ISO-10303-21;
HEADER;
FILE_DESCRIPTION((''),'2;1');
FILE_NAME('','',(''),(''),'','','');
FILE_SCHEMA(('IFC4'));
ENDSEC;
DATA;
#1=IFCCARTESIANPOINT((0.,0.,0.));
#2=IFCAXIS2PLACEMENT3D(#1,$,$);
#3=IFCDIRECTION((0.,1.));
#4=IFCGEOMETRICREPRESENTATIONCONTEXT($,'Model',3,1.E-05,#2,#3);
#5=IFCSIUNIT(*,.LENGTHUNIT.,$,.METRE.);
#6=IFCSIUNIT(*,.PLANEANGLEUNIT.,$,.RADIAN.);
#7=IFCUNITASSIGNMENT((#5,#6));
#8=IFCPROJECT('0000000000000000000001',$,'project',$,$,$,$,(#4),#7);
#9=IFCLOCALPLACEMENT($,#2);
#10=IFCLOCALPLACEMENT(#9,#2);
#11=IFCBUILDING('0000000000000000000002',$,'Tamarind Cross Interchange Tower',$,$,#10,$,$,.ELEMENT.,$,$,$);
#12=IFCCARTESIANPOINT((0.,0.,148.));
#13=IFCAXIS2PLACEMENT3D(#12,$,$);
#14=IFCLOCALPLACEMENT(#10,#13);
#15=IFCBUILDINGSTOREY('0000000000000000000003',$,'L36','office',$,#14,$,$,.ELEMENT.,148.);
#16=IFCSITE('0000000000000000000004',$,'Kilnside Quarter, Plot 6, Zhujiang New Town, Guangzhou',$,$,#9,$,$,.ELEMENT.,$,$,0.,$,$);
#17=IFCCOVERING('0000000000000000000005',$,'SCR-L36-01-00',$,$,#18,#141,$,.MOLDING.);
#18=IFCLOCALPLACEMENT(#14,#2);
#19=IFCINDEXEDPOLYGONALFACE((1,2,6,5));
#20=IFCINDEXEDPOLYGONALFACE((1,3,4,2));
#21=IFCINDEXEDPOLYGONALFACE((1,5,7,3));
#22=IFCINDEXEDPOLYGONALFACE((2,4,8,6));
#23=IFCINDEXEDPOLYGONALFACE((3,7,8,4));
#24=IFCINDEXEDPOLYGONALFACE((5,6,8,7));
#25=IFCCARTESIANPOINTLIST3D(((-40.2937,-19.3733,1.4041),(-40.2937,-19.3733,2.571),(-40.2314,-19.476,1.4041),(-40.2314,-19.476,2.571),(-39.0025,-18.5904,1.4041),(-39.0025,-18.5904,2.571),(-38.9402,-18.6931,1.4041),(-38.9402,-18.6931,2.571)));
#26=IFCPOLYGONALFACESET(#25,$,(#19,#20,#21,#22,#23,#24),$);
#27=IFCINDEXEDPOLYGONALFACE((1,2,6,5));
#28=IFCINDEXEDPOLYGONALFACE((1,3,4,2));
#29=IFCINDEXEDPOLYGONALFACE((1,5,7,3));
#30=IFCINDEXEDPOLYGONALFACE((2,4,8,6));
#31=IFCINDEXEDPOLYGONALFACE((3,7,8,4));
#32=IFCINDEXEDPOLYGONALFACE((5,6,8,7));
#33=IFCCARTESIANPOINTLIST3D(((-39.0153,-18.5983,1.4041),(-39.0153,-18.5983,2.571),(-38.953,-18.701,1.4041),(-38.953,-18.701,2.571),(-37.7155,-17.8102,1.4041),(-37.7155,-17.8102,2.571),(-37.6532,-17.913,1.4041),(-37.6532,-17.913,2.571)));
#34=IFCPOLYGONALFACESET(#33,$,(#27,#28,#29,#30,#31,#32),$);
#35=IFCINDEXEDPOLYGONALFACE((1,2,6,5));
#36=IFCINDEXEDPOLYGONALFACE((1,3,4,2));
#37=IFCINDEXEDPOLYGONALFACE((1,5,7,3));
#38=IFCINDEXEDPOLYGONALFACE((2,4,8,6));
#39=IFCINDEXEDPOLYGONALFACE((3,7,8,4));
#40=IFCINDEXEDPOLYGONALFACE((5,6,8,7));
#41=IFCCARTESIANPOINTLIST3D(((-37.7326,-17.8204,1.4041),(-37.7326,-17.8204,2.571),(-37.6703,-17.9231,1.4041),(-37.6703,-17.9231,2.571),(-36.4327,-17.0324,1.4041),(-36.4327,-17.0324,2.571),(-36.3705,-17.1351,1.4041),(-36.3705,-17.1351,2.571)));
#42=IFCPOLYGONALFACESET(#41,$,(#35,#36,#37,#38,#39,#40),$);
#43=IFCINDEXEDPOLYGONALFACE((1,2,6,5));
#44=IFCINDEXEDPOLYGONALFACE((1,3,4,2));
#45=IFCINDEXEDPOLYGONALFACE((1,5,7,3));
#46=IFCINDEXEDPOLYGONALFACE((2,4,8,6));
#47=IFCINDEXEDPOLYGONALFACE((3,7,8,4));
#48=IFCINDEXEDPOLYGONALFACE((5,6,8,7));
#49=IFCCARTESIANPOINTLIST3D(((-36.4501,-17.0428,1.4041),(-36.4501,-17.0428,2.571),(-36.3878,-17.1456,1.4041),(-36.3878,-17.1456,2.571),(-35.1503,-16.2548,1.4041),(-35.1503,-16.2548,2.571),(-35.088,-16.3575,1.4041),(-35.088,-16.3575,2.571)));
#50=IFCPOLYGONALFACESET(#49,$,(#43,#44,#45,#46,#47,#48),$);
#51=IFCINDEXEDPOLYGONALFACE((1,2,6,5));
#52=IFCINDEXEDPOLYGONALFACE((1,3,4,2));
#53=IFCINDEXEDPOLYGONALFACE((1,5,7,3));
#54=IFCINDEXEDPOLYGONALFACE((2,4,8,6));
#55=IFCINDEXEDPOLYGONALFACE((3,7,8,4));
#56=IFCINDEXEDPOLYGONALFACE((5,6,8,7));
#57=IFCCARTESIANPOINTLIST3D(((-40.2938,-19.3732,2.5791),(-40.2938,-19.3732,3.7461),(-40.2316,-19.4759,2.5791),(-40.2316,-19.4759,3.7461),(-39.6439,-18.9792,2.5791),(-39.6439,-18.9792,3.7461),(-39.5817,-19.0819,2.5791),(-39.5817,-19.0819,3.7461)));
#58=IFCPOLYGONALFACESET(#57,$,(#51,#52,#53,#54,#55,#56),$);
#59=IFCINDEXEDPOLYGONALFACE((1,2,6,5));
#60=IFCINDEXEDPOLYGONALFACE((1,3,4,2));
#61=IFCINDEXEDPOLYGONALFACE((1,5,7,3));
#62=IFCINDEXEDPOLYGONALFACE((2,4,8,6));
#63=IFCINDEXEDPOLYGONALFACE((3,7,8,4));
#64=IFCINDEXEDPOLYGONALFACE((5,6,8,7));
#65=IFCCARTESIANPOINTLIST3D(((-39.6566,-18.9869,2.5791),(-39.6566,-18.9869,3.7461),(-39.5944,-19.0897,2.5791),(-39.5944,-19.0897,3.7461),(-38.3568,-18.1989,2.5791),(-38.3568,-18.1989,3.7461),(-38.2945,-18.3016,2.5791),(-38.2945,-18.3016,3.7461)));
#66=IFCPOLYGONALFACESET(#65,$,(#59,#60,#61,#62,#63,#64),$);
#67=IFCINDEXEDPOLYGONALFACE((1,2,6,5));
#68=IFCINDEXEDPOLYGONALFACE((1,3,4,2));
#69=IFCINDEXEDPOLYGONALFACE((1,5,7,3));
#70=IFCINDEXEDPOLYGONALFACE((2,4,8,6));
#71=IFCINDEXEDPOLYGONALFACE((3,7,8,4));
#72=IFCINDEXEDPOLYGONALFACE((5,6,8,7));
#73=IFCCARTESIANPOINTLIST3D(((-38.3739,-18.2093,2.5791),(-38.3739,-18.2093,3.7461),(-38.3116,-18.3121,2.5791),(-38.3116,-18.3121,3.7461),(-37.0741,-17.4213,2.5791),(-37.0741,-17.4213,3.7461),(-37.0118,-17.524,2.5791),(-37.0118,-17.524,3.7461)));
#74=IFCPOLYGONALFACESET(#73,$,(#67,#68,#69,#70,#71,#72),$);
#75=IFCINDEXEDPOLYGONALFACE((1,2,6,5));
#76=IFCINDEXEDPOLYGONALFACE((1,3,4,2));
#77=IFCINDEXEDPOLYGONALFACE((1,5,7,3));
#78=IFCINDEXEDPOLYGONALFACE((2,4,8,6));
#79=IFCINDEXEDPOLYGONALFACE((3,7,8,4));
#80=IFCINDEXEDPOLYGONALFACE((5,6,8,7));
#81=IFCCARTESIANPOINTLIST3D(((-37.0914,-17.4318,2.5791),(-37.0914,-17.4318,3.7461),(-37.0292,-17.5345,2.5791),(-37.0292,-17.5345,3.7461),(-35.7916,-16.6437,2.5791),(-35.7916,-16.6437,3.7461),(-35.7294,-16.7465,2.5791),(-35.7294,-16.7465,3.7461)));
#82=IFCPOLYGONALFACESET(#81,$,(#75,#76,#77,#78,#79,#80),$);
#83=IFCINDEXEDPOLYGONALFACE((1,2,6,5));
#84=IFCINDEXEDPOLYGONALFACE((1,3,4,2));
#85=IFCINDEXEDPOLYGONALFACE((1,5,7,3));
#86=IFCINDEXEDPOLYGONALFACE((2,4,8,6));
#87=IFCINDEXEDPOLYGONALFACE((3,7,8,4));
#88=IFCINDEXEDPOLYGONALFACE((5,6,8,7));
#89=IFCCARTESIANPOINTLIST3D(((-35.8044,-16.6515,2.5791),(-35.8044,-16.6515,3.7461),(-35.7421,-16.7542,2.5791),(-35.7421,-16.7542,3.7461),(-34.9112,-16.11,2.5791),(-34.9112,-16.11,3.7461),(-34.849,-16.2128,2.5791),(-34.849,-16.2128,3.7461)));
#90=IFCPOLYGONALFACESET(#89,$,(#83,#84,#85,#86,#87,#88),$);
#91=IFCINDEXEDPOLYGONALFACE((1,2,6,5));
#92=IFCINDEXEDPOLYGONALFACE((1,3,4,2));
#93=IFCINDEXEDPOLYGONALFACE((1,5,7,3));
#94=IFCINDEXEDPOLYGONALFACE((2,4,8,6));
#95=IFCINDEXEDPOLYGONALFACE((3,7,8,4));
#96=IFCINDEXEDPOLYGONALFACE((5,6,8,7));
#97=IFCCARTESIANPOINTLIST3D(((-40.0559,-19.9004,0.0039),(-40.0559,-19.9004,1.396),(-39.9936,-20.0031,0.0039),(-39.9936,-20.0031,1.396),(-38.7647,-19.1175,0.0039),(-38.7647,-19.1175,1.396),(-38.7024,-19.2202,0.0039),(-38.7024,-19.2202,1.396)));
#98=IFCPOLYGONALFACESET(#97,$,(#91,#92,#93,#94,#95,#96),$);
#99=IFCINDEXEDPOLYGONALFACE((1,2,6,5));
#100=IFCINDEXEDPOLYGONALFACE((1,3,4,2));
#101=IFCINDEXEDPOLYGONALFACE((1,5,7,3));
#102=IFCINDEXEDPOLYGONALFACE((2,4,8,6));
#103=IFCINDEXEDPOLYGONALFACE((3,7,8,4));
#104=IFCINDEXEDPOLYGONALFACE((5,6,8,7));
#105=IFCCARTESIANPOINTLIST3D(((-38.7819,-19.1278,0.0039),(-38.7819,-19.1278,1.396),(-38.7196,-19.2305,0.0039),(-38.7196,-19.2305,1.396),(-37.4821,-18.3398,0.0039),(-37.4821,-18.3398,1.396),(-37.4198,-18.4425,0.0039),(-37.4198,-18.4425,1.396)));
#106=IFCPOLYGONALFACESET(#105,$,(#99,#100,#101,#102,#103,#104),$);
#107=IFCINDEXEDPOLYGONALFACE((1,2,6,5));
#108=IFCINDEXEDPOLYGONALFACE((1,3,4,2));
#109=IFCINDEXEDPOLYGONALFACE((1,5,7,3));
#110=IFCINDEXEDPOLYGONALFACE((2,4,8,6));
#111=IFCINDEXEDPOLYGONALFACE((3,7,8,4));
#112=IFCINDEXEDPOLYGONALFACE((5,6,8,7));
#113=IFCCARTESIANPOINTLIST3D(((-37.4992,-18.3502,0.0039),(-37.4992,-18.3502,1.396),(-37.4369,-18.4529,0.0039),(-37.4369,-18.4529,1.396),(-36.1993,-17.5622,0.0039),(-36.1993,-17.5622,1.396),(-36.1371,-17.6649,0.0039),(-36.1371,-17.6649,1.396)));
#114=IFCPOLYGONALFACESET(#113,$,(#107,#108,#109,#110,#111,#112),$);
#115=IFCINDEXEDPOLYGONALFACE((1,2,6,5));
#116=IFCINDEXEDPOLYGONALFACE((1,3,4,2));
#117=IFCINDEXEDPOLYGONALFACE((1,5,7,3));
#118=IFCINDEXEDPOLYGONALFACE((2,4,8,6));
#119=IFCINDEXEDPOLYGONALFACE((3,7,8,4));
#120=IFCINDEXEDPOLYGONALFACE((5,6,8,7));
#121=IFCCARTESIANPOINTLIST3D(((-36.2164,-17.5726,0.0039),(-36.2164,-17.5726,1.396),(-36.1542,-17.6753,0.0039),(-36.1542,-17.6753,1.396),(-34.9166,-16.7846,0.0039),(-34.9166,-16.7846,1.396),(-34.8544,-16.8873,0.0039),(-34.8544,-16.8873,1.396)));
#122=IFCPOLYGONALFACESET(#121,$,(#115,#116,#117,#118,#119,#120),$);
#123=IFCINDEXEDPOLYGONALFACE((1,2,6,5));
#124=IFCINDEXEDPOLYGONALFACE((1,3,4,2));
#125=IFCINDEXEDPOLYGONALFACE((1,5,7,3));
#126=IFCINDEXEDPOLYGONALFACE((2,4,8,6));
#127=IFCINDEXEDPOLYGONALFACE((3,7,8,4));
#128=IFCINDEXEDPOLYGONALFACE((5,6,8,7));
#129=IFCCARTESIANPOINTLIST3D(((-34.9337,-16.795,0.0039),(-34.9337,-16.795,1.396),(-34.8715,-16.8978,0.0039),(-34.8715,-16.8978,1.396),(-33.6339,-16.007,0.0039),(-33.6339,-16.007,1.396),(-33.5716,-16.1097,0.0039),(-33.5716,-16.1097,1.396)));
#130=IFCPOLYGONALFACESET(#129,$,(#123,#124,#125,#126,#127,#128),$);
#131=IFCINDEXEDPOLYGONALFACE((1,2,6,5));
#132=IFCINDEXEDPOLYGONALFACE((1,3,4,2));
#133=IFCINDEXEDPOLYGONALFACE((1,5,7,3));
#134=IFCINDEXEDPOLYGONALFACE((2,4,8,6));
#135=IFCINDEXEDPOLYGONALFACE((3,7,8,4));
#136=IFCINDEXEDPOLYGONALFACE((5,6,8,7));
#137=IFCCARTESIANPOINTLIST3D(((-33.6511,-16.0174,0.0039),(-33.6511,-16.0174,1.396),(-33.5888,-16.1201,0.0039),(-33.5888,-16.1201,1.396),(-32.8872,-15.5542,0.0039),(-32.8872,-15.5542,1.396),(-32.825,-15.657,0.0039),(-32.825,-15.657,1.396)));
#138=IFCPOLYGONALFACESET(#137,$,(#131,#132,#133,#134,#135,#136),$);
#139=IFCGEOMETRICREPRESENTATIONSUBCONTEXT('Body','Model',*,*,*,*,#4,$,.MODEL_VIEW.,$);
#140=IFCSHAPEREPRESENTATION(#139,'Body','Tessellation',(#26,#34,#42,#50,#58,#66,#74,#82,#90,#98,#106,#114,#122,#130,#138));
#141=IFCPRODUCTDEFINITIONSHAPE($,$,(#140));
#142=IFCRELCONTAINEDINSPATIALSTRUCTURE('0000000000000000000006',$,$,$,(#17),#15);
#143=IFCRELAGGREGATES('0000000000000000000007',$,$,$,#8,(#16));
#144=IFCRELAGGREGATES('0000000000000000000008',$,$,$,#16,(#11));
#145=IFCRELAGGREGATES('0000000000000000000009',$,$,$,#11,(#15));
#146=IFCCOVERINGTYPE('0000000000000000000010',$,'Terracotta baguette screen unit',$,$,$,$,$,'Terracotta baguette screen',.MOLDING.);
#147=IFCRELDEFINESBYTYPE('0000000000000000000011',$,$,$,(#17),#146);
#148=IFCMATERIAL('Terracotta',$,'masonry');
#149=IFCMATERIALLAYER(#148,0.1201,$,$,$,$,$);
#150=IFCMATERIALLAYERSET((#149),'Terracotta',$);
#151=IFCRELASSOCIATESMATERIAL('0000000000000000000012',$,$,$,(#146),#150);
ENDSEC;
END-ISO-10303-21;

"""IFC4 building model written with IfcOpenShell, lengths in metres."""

from ifc_helpers import new_model, si_unit, direction, frame, origin, origin_2d, place, context, subcontext, project, spatial, rectangle, extrude, material, layer, layer_set, type_object, element, save


model = new_model("IFC4")

# Units and contexts
model_context = context("Model", 3, precision=1e-05, world=origin(), true_north=direction((0.0, 1.0)))
body_context = subcontext(model_context, "Body", "Model", "MODEL_VIEW")
ifc_project = project(units=[si_unit("LENGTHUNIT", "METRE"), si_unit("PLANEANGLEUNIT", "RADIAN")], contexts=[model_context])

# Site, building, storey
site_placement = place(None, origin())
site = spatial("IfcSite", under=ifc_project, at=site_placement, Name="Kilnside Quarter, Plot 6, Zhujiang New Town, Guangzhou", CompositionType="ELEMENT", RefElevation=0.0)
building_placement = place(site_placement, origin())
building = spatial("IfcBuilding", under=site, at=building_placement, Name="Tamarind Cross Interchange Tower", CompositionType="ELEMENT")
storey_placement = place(building_placement, frame((0.0, 0.0, 148.0)))
storey = spatial("IfcBuildingStorey", under=building, at=storey_placement, Name="L36", Description="office", CompositionType="ELEMENT", Elevation=148.0)

# Covering
ifc_material_1 = material(Name="Terracotta", Category="masonry")
ifc_layer_1 = layer(ifc_material_1, 0.1201)
ifc_layer_set_1 = layer_set([ifc_layer_1], Name="Terracotta")
covering_type = type_object("IfcCoveringType", Name="Terracotta baguette screen unit", ElementType="Terracotta baguette screen", PredefinedType="MOLDING", material=ifc_layer_set_1)
covering_1_placement = place(storey_placement, origin())
element("IfcCovering", 1, at=covering_1_placement, inside=storey, type_object=covering_type, Name="SCR-L36-01-00", PredefinedType="MOLDING", context=body_context, shape_type="SweptSolid", body=[
    extrude(rectangle(XDim=1.51, YDim=0.1201, at=origin_2d()), frame((-39.6169, -19.0332, 1.4041), z_axis=(0.0, 0.0, 1.0), x_axis=(0.855123, 0.518425, 0.0)), (0.0, 0.0, 1.0), 1.167),
    extrude(rectangle(XDim=1.52, YDim=0.1201, at=origin_2d()), frame((-38.3342, -18.2556, 1.4041), z_axis=(0.0, 0.0, 1.0), x_axis=(0.855123, 0.518425, 0.0)), (0.0, 0.0, 1.0), 1.167),
    extrude(rectangle(XDim=1.52, YDim=0.1201, at=origin_2d()), frame((-37.0515, -17.4778, 1.4041), z_axis=(0.0, 0.0, 1.0), x_axis=(0.855123, 0.518425, 0.0)), (0.0, 0.0, 1.0), 1.167),
    extrude(rectangle(XDim=1.52, YDim=0.1201, at=origin_2d()), frame((-35.769, -16.7002, 1.4041), z_axis=(0.0, 0.0, 1.0), x_axis=(0.855123, 0.518425, 0.0)), (0.0, 0.0, 1.0), 1.167),
    extrude(rectangle(XDim=0.76, YDim=0.1201, at=origin_2d()), frame((-39.9377, -19.2275, 2.5791), z_axis=(0.0, 0.0, 1.0), x_axis=(0.855123, 0.518425, 0.0)), (0.0, 0.0, 1.0), 1.167),
    extrude(rectangle(XDim=1.52, YDim=0.1201, at=origin_2d()), frame((-38.9756, -18.6443, 2.5791), z_axis=(0.0, 0.0, 1.0), x_axis=(0.855123, 0.518425, 0.0)), (0.0, 0.0, 1.0), 1.167),
    extrude(rectangle(XDim=1.52, YDim=0.1201, at=origin_2d()), frame((-37.6929, -17.8667, 2.5791), z_axis=(0.0, 0.0, 1.0), x_axis=(0.855123, 0.518425, 0.0)), (0.0, 0.0, 1.0), 1.167),
    extrude(rectangle(XDim=1.52, YDim=0.1201, at=origin_2d()), frame((-36.4104, -17.0891, 2.5791), z_axis=(0.0, 0.0, 1.0), x_axis=(0.855123, 0.518425, 0.0)), (0.0, 0.0, 1.0), 1.167),
    extrude(rectangle(XDim=1.0444, YDim=0.1201, at=origin_2d()), frame((-35.3267, -16.4321, 2.5791), z_axis=(0.0, 0.0, 1.0), x_axis=(0.855123, 0.518425, 0.0)), (0.0, 0.0, 1.0), 1.167),
    extrude(rectangle(XDim=1.51, YDim=0.1201, at=origin_2d()), frame((-39.3792, -19.5603, 0.0039), z_axis=(0.0, 0.0, 1.0), x_axis=(0.855123, 0.518425, 0.0)), (0.0, 0.0, 1.0), 1.3921),
    extrude(rectangle(XDim=1.52, YDim=0.1201, at=origin_2d()), frame((-38.1008, -18.7852, 0.0039), z_axis=(0.0, 0.0, 1.0), x_axis=(0.855123, 0.518425, 0.0)), (0.0, 0.0, 1.0), 1.3921),
    extrude(rectangle(XDim=1.52, YDim=0.1201, at=origin_2d()), frame((-36.8181, -18.0076, 0.0039), z_axis=(0.0, 0.0, 1.0), x_axis=(0.855123, 0.518425, 0.0)), (0.0, 0.0, 1.0), 1.3921),
    extrude(rectangle(XDim=1.52, YDim=0.1201, at=origin_2d()), frame((-35.5354, -17.23, 0.0039), z_axis=(0.0, 0.0, 1.0), x_axis=(0.855123, 0.518425, 0.0)), (0.0, 0.0, 1.0), 1.3921),
    extrude(rectangle(XDim=1.52, YDim=0.1201, at=origin_2d()), frame((-34.2527, -16.4524, 0.0039), z_axis=(0.0, 0.0, 1.0), x_axis=(0.855123, 0.518425, 0.0)), (0.0, 0.0, 1.0), 1.3921),
    extrude(rectangle(XDim=0.8933, YDim=0.1201, at=origin_2d()), frame((-33.238, -15.8372, 0.0039), z_axis=(0.0, 0.0, 1.0), x_axis=(0.855123, 0.518425, 0.0)), (0.0, 0.0, 1.0), 1.3921),
])

save(model, "model.ifc")
